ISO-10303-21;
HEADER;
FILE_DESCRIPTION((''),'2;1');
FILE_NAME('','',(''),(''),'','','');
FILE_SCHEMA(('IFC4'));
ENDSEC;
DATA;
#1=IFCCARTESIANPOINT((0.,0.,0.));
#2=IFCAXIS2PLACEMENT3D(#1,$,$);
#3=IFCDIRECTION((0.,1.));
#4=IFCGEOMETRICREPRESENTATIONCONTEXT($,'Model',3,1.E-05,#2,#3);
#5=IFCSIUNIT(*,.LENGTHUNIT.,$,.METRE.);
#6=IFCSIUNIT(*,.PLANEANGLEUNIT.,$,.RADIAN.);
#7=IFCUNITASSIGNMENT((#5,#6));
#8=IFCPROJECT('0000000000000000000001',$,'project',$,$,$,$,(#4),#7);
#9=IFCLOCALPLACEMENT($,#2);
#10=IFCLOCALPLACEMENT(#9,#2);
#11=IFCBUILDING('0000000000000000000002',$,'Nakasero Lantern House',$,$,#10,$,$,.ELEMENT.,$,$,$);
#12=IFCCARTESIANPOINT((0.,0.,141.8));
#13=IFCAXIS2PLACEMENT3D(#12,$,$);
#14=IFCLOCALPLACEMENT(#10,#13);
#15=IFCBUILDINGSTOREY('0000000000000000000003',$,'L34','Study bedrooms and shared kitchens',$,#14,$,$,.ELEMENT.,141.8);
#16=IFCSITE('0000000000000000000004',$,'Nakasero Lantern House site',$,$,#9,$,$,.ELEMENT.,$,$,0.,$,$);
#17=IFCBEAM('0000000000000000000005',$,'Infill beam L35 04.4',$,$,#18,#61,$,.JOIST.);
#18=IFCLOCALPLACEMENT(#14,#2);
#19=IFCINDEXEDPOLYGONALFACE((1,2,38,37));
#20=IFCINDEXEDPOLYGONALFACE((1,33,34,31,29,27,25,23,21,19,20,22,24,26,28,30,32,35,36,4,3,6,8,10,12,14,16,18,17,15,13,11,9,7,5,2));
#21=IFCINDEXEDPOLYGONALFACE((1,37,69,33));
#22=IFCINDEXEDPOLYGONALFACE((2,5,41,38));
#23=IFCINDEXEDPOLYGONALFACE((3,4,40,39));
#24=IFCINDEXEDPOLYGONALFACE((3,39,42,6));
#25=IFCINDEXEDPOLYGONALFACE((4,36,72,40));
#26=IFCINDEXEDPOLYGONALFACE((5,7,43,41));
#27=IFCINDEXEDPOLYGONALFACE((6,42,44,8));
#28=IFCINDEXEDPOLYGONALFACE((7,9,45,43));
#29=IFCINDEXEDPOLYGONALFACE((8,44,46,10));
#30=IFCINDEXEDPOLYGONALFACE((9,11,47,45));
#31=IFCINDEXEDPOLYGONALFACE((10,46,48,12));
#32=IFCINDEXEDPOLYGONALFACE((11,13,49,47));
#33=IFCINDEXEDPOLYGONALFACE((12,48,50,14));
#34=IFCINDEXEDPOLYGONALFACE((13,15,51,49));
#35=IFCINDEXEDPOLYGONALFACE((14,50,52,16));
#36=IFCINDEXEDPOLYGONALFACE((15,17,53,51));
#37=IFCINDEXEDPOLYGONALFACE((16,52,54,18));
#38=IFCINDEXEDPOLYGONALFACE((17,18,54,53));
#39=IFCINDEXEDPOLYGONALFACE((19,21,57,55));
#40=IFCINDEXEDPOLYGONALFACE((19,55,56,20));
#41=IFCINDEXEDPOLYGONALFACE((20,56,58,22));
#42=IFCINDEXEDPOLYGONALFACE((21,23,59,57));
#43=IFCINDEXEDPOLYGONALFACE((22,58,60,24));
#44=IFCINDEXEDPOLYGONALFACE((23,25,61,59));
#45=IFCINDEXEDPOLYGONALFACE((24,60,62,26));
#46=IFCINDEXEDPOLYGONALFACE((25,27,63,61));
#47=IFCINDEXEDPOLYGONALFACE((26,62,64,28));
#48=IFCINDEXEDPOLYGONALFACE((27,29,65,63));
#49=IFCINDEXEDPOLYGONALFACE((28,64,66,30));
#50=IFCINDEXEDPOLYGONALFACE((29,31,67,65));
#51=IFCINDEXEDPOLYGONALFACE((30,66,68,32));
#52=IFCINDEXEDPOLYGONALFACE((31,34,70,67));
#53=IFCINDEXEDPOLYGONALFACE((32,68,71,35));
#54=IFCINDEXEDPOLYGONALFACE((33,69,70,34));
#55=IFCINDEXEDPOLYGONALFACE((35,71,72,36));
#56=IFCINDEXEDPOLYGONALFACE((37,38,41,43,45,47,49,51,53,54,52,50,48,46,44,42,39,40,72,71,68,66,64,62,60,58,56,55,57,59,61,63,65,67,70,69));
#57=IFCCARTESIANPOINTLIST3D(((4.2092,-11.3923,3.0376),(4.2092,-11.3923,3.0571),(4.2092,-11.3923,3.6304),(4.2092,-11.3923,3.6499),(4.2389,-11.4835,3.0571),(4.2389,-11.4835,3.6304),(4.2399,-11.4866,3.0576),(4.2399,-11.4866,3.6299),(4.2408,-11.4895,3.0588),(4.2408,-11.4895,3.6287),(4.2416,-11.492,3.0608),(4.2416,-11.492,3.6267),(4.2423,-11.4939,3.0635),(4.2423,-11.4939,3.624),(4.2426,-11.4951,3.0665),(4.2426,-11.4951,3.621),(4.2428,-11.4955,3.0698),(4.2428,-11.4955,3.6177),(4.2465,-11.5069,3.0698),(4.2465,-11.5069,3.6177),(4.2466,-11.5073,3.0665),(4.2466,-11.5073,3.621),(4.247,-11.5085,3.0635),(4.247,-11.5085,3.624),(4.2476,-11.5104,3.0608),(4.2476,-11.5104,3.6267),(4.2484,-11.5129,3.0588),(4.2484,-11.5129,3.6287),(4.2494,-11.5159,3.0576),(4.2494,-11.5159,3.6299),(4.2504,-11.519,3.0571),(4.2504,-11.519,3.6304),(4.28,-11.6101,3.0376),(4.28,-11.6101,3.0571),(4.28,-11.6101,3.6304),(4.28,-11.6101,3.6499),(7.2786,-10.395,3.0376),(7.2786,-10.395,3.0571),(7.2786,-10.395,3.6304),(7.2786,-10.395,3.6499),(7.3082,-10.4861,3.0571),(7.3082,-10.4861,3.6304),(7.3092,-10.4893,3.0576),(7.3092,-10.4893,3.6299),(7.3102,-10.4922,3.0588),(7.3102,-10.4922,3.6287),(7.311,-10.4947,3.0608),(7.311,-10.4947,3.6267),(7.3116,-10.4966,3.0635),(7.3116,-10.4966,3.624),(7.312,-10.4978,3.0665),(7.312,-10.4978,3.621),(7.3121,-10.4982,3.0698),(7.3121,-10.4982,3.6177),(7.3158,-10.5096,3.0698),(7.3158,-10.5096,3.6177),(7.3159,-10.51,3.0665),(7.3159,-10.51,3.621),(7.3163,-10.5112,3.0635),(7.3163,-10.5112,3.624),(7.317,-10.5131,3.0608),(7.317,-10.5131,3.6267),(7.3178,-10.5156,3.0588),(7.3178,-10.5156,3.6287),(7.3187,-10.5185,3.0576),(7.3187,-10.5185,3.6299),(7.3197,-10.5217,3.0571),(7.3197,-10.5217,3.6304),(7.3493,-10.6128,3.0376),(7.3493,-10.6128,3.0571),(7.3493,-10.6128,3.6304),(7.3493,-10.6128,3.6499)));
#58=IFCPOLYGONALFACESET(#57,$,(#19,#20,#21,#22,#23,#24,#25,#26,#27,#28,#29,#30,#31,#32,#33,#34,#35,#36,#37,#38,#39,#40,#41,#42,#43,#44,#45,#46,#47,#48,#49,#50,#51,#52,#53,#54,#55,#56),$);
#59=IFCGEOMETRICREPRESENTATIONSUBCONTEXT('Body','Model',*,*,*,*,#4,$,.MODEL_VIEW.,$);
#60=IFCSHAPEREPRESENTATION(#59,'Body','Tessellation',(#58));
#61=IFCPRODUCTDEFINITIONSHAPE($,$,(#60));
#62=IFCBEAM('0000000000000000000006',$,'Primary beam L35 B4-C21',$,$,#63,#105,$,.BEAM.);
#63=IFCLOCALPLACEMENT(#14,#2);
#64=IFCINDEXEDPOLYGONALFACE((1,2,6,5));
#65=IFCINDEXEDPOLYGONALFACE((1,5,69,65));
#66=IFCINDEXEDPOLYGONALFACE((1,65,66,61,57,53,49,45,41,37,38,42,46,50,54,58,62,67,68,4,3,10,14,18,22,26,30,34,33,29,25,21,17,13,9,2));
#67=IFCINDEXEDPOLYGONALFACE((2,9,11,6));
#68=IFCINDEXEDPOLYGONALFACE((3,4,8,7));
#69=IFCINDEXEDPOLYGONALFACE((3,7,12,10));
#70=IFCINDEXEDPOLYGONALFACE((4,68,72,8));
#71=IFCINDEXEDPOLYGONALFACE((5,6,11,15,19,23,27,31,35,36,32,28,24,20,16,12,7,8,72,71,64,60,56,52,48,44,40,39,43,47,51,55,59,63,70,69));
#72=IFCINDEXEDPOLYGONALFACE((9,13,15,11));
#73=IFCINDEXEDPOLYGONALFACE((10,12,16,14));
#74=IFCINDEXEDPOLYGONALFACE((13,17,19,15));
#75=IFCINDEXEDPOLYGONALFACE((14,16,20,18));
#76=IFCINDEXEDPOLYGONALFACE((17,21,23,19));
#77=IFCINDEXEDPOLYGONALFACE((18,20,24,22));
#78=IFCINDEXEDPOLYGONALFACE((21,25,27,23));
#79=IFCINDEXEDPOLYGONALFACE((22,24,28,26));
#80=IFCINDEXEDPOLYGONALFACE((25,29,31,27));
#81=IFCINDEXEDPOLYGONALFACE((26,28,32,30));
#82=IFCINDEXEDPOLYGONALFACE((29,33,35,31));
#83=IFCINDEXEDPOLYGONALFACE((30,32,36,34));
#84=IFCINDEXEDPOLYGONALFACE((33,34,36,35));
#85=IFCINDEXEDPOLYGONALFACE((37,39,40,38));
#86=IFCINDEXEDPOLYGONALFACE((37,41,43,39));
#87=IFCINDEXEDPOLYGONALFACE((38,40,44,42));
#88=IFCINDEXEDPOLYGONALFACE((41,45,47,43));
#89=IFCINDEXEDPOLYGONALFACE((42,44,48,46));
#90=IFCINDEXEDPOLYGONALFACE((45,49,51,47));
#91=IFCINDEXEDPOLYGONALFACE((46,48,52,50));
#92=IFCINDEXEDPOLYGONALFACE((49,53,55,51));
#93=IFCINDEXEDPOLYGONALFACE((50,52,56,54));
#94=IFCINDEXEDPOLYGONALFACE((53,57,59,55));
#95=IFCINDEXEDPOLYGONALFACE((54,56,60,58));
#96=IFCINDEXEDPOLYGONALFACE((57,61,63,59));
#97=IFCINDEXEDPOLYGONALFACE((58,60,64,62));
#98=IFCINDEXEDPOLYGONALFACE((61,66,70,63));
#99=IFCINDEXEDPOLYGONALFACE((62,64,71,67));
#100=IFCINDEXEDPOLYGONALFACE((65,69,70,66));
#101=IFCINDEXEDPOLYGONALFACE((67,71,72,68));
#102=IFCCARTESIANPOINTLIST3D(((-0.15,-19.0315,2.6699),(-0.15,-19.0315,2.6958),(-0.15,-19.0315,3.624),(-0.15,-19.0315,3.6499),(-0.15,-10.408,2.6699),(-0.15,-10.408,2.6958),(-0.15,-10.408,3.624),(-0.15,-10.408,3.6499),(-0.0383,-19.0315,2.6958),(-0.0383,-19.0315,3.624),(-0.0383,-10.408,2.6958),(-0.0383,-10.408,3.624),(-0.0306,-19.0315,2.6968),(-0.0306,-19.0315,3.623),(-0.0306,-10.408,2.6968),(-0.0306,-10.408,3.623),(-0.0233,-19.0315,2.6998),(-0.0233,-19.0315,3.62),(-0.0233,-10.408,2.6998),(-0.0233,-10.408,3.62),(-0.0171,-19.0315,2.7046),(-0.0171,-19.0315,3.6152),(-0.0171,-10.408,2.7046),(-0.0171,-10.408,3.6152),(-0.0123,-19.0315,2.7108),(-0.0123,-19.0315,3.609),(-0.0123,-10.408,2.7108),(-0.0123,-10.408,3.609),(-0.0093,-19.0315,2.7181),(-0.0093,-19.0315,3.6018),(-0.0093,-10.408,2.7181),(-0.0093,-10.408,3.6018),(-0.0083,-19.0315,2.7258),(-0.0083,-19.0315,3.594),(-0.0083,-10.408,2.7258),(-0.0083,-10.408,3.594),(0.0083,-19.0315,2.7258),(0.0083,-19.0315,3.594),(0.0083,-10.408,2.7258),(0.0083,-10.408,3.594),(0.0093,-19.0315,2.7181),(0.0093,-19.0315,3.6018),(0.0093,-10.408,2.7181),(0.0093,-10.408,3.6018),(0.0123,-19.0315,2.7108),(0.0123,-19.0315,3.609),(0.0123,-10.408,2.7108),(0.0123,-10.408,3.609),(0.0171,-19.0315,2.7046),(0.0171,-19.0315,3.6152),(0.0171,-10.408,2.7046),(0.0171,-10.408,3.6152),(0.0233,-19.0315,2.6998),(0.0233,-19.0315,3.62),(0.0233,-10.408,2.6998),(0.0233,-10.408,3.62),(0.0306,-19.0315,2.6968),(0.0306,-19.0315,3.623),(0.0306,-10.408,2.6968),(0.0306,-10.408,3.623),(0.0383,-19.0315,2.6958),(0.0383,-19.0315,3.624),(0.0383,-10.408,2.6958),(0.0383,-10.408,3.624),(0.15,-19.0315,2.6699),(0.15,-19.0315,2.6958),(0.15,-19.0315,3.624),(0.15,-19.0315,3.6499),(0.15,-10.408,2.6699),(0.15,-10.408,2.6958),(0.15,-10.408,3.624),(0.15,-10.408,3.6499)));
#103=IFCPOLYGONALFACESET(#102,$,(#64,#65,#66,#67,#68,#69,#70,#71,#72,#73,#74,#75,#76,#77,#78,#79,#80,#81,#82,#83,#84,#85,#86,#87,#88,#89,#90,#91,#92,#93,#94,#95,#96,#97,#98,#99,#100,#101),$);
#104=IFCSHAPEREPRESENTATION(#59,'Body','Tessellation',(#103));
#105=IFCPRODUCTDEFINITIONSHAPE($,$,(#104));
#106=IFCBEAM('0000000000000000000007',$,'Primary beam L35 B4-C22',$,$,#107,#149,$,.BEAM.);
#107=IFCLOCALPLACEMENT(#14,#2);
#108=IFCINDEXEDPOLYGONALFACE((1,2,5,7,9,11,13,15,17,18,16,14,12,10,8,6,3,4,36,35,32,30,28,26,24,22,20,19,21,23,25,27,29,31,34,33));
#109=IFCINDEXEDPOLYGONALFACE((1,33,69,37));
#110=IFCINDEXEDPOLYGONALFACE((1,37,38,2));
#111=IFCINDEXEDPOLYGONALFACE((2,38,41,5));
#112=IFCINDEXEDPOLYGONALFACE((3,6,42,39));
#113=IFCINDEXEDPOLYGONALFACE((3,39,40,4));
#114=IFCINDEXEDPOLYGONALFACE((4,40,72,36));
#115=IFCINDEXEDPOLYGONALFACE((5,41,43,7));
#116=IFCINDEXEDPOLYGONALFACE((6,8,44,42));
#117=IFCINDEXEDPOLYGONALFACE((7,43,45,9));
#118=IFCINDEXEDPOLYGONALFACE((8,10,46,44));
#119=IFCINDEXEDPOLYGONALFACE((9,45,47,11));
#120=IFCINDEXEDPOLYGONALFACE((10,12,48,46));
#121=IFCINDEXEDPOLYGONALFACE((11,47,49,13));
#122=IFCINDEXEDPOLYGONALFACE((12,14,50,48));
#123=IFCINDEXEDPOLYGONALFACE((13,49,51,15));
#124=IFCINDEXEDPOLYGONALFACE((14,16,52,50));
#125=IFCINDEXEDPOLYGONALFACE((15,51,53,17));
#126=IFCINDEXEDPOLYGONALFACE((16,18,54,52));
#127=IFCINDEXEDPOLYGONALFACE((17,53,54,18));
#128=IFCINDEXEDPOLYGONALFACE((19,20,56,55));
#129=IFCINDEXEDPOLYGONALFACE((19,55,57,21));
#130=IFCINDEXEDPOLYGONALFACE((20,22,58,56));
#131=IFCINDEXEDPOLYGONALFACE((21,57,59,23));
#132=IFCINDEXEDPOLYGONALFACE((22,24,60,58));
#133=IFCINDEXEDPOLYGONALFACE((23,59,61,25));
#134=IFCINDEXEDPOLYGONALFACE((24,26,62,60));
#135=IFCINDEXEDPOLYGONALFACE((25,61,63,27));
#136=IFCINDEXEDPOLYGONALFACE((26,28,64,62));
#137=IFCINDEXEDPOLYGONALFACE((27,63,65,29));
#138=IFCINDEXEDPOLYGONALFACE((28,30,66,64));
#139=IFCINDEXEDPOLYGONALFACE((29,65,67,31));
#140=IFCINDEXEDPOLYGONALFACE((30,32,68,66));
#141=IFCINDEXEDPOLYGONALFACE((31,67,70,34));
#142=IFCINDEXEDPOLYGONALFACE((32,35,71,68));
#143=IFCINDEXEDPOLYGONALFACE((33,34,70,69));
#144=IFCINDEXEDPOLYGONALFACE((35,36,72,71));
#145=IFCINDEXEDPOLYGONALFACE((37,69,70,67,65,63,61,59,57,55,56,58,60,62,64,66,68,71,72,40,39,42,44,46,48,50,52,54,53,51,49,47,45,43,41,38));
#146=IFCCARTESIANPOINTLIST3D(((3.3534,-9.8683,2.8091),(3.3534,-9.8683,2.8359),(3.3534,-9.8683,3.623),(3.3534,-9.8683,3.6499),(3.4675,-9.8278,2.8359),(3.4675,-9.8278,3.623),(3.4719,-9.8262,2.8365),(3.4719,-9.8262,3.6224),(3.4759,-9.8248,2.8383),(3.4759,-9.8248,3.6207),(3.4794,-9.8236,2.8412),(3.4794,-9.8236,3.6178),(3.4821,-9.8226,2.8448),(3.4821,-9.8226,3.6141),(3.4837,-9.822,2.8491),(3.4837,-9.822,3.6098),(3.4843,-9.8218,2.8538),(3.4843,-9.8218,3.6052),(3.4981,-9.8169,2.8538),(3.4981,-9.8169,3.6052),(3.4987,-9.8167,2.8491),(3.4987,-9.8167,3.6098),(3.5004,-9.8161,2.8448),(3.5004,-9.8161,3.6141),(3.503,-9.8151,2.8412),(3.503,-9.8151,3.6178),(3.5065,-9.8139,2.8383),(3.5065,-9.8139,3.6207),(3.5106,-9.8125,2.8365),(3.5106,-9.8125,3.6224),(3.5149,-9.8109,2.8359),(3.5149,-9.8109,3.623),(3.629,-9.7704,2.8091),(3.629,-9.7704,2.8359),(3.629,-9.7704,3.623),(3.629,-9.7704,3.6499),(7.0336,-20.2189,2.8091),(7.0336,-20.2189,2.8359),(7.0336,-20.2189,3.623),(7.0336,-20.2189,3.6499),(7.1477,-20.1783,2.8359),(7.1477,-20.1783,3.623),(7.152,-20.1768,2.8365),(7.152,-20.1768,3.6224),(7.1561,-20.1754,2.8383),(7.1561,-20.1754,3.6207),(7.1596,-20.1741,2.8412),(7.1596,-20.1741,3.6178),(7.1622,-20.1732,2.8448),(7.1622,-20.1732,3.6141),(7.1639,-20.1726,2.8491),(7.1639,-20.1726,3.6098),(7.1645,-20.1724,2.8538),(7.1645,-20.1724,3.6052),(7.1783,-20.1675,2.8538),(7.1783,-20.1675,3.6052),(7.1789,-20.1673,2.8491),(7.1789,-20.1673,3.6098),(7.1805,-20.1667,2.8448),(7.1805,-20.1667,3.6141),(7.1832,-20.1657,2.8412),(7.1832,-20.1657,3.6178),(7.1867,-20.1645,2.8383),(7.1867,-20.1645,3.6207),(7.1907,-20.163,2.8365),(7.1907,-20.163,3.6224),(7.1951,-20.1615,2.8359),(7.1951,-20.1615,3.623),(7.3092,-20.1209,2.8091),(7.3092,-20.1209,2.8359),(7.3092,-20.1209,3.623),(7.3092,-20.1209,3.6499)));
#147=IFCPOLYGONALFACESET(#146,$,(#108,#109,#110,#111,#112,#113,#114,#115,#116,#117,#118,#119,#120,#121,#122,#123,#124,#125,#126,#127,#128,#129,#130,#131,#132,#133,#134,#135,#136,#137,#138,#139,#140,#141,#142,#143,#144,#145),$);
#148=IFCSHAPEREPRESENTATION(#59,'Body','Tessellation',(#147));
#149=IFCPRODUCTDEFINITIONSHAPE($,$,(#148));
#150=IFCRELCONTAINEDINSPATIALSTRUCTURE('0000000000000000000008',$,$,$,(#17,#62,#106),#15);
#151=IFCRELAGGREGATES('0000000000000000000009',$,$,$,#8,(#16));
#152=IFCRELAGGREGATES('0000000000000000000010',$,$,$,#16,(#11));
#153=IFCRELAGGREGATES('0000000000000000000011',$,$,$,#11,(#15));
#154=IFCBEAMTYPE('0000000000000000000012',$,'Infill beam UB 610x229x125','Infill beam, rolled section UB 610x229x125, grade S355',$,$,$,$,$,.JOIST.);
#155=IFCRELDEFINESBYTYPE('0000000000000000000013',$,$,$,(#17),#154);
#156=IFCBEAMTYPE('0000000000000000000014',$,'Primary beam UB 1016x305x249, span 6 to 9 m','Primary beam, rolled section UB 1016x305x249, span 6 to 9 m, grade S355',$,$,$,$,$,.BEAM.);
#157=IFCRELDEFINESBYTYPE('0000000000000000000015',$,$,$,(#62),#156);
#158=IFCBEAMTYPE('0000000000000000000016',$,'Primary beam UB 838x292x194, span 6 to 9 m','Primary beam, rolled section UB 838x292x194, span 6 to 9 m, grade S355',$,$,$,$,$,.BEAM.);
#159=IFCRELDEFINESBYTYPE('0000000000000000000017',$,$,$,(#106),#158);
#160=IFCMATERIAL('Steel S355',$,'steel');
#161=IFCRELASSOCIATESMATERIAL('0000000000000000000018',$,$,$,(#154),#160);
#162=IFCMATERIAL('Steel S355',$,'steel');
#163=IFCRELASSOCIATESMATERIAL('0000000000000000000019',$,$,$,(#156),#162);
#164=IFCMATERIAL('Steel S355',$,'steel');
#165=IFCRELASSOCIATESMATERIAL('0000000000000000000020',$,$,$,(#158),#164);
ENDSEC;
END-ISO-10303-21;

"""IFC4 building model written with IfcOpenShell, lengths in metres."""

from ifc_helpers import new_model, si_unit, direction, frame, origin, origin_2d, place, context, subcontext, project, spatial, i_section, extrude, material, material_profile, profile_set, type_object, element, save


model = new_model("IFC4")

# Units and contexts
model_context = context("Model", 3, precision=1e-05, world=origin(), true_north=direction((0.0, 1.0)))
body_context = subcontext(model_context, "Body", "Model", "MODEL_VIEW")
ifc_project = project(units=[si_unit("LENGTHUNIT", "METRE"), si_unit("PLANEANGLEUNIT", "RADIAN")], contexts=[model_context])

# Site, building, storey
site_placement = place(None, origin())
site = spatial("IfcSite", under=ifc_project, at=site_placement, Name="Nakasero Lantern House site", CompositionType="ELEMENT", RefElevation=0.0)
building_placement = place(site_placement, origin())
building = spatial("IfcBuilding", under=site, at=building_placement, Name="Nakasero Lantern House", CompositionType="ELEMENT")
storey_placement = place(building_placement, frame((0.0, 0.0, 141.8)))
storey = spatial("IfcBuildingStorey", under=building, at=storey_placement, Name="L34", Description="Study bedrooms and shared kitchens", CompositionType="ELEMENT", Elevation=141.8)

# Beams
ifc_material_1 = material(Name="Steel S355", Category="steel")
ifc_material_profile_1 = material_profile(ifc_material_1, i_section(OverallWidth=0.229, OverallDepth=0.6123, WebThickness=0.012, FlangeThickness=0.0195, FilletRadius=0.0127, at=origin_2d()), Name="UB 610x229x125")
ifc_profile_set_1 = profile_set([ifc_material_profile_1], Name="Steel S355")
beam_type_1 = type_object("IfcBeamType", Name="Infill beam UB 610x229x125", Description="Infill beam, rolled section UB 610x229x125, grade S355", PredefinedType="JOIST", material=ifc_profile_set_1)
beam_1_placement = place(storey_placement, frame((4.2446, -11.5012, 3.3438), z_axis=(0.951054, 0.309024, 0.0), x_axis=(-0.309024, 0.951054, 0.0)))
element("IfcBeam", 1, at=beam_1_placement, inside=storey, type_object=beam_type_1, Name="Infill beam L35 04.4", PredefinedType="JOIST", context=body_context, shape_type="SweptSolid", body=[
    extrude(i_section(OverallWidth=0.229, OverallDepth=0.6123, WebThickness=0.012, FlangeThickness=0.0195, FilletRadius=0.0127, at=origin_2d()), origin(), (0.0, 0.0, 1.0), 3.2273),
])
ifc_material_2 = material(Name="Steel S355", Category="steel")
ifc_material_profile_2 = material_profile(ifc_material_2, i_section(OverallWidth=0.3, OverallDepth=0.98, WebThickness=0.0166, FlangeThickness=0.0259, FilletRadius=0.03, at=origin_2d()), Name="UB 1016x305x249")
ifc_profile_set_2 = profile_set([ifc_material_profile_2], Name="Steel S355")
beam_type_2 = type_object("IfcBeamType", Name="Primary beam UB 1016x305x249, span 6 to 9 m", Description="Primary beam, rolled section UB 1016x305x249, span 6 to 9 m, grade S355", PredefinedType="BEAM", material=ifc_profile_set_2)
beam_2_placement = place(storey_placement, frame((0.0, -19.0315, 3.1599), z_axis=(0.0, 1.0, 0.0), x_axis=(-1.0, 0.0, 0.0)))
element("IfcBeam", 2, at=beam_2_placement, inside=storey, type_object=beam_type_2, Name="Primary beam L35 B4-C21", PredefinedType="BEAM", context=body_context, shape_type="SweptSolid", body=[
    extrude(i_section(OverallWidth=0.3, OverallDepth=0.98, WebThickness=0.0166, FlangeThickness=0.0259, FilletRadius=0.03, at=origin_2d()), origin(), (0.0, 0.0, 1.0), 8.6235),
])
ifc_material_3 = material(Name="Steel S355", Category="steel")
ifc_material_profile_3 = material_profile(ifc_material_3, i_section(OverallWidth=0.2925, OverallDepth=0.8408, WebThickness=0.0146, FlangeThickness=0.0269, FilletRadius=0.0178, at=origin_2d()), Name="UB 838x292x194")
ifc_profile_set_3 = profile_set([ifc_material_profile_3], Name="Steel S355")
beam_type_3 = type_object("IfcBeamType", Name="Primary beam UB 838x292x194, span 6 to 9 m", Description="Primary beam, rolled section UB 838x292x194, span 6 to 9 m, grade S355", PredefinedType="BEAM", material=ifc_profile_set_3)
beam_3_placement = place(storey_placement, frame((7.1714, -20.1699, 3.2295), z_axis=(-0.335007, 0.942216, 0.0), x_axis=(-0.942216, -0.335007, 0.0)))
element("IfcBeam", 3, at=beam_3_placement, inside=storey, type_object=beam_type_3, Name="Primary beam L35 B4-C22", PredefinedType="BEAM", context=body_context, shape_type="SweptSolid", body=[
    extrude(i_section(OverallWidth=0.2925, OverallDepth=0.8408, WebThickness=0.0146, FlangeThickness=0.0269, FilletRadius=0.0178, at=origin_2d()), origin(), (0.0, 0.0, 1.0), 10.9854),
])

save(model, "model.ifc")
